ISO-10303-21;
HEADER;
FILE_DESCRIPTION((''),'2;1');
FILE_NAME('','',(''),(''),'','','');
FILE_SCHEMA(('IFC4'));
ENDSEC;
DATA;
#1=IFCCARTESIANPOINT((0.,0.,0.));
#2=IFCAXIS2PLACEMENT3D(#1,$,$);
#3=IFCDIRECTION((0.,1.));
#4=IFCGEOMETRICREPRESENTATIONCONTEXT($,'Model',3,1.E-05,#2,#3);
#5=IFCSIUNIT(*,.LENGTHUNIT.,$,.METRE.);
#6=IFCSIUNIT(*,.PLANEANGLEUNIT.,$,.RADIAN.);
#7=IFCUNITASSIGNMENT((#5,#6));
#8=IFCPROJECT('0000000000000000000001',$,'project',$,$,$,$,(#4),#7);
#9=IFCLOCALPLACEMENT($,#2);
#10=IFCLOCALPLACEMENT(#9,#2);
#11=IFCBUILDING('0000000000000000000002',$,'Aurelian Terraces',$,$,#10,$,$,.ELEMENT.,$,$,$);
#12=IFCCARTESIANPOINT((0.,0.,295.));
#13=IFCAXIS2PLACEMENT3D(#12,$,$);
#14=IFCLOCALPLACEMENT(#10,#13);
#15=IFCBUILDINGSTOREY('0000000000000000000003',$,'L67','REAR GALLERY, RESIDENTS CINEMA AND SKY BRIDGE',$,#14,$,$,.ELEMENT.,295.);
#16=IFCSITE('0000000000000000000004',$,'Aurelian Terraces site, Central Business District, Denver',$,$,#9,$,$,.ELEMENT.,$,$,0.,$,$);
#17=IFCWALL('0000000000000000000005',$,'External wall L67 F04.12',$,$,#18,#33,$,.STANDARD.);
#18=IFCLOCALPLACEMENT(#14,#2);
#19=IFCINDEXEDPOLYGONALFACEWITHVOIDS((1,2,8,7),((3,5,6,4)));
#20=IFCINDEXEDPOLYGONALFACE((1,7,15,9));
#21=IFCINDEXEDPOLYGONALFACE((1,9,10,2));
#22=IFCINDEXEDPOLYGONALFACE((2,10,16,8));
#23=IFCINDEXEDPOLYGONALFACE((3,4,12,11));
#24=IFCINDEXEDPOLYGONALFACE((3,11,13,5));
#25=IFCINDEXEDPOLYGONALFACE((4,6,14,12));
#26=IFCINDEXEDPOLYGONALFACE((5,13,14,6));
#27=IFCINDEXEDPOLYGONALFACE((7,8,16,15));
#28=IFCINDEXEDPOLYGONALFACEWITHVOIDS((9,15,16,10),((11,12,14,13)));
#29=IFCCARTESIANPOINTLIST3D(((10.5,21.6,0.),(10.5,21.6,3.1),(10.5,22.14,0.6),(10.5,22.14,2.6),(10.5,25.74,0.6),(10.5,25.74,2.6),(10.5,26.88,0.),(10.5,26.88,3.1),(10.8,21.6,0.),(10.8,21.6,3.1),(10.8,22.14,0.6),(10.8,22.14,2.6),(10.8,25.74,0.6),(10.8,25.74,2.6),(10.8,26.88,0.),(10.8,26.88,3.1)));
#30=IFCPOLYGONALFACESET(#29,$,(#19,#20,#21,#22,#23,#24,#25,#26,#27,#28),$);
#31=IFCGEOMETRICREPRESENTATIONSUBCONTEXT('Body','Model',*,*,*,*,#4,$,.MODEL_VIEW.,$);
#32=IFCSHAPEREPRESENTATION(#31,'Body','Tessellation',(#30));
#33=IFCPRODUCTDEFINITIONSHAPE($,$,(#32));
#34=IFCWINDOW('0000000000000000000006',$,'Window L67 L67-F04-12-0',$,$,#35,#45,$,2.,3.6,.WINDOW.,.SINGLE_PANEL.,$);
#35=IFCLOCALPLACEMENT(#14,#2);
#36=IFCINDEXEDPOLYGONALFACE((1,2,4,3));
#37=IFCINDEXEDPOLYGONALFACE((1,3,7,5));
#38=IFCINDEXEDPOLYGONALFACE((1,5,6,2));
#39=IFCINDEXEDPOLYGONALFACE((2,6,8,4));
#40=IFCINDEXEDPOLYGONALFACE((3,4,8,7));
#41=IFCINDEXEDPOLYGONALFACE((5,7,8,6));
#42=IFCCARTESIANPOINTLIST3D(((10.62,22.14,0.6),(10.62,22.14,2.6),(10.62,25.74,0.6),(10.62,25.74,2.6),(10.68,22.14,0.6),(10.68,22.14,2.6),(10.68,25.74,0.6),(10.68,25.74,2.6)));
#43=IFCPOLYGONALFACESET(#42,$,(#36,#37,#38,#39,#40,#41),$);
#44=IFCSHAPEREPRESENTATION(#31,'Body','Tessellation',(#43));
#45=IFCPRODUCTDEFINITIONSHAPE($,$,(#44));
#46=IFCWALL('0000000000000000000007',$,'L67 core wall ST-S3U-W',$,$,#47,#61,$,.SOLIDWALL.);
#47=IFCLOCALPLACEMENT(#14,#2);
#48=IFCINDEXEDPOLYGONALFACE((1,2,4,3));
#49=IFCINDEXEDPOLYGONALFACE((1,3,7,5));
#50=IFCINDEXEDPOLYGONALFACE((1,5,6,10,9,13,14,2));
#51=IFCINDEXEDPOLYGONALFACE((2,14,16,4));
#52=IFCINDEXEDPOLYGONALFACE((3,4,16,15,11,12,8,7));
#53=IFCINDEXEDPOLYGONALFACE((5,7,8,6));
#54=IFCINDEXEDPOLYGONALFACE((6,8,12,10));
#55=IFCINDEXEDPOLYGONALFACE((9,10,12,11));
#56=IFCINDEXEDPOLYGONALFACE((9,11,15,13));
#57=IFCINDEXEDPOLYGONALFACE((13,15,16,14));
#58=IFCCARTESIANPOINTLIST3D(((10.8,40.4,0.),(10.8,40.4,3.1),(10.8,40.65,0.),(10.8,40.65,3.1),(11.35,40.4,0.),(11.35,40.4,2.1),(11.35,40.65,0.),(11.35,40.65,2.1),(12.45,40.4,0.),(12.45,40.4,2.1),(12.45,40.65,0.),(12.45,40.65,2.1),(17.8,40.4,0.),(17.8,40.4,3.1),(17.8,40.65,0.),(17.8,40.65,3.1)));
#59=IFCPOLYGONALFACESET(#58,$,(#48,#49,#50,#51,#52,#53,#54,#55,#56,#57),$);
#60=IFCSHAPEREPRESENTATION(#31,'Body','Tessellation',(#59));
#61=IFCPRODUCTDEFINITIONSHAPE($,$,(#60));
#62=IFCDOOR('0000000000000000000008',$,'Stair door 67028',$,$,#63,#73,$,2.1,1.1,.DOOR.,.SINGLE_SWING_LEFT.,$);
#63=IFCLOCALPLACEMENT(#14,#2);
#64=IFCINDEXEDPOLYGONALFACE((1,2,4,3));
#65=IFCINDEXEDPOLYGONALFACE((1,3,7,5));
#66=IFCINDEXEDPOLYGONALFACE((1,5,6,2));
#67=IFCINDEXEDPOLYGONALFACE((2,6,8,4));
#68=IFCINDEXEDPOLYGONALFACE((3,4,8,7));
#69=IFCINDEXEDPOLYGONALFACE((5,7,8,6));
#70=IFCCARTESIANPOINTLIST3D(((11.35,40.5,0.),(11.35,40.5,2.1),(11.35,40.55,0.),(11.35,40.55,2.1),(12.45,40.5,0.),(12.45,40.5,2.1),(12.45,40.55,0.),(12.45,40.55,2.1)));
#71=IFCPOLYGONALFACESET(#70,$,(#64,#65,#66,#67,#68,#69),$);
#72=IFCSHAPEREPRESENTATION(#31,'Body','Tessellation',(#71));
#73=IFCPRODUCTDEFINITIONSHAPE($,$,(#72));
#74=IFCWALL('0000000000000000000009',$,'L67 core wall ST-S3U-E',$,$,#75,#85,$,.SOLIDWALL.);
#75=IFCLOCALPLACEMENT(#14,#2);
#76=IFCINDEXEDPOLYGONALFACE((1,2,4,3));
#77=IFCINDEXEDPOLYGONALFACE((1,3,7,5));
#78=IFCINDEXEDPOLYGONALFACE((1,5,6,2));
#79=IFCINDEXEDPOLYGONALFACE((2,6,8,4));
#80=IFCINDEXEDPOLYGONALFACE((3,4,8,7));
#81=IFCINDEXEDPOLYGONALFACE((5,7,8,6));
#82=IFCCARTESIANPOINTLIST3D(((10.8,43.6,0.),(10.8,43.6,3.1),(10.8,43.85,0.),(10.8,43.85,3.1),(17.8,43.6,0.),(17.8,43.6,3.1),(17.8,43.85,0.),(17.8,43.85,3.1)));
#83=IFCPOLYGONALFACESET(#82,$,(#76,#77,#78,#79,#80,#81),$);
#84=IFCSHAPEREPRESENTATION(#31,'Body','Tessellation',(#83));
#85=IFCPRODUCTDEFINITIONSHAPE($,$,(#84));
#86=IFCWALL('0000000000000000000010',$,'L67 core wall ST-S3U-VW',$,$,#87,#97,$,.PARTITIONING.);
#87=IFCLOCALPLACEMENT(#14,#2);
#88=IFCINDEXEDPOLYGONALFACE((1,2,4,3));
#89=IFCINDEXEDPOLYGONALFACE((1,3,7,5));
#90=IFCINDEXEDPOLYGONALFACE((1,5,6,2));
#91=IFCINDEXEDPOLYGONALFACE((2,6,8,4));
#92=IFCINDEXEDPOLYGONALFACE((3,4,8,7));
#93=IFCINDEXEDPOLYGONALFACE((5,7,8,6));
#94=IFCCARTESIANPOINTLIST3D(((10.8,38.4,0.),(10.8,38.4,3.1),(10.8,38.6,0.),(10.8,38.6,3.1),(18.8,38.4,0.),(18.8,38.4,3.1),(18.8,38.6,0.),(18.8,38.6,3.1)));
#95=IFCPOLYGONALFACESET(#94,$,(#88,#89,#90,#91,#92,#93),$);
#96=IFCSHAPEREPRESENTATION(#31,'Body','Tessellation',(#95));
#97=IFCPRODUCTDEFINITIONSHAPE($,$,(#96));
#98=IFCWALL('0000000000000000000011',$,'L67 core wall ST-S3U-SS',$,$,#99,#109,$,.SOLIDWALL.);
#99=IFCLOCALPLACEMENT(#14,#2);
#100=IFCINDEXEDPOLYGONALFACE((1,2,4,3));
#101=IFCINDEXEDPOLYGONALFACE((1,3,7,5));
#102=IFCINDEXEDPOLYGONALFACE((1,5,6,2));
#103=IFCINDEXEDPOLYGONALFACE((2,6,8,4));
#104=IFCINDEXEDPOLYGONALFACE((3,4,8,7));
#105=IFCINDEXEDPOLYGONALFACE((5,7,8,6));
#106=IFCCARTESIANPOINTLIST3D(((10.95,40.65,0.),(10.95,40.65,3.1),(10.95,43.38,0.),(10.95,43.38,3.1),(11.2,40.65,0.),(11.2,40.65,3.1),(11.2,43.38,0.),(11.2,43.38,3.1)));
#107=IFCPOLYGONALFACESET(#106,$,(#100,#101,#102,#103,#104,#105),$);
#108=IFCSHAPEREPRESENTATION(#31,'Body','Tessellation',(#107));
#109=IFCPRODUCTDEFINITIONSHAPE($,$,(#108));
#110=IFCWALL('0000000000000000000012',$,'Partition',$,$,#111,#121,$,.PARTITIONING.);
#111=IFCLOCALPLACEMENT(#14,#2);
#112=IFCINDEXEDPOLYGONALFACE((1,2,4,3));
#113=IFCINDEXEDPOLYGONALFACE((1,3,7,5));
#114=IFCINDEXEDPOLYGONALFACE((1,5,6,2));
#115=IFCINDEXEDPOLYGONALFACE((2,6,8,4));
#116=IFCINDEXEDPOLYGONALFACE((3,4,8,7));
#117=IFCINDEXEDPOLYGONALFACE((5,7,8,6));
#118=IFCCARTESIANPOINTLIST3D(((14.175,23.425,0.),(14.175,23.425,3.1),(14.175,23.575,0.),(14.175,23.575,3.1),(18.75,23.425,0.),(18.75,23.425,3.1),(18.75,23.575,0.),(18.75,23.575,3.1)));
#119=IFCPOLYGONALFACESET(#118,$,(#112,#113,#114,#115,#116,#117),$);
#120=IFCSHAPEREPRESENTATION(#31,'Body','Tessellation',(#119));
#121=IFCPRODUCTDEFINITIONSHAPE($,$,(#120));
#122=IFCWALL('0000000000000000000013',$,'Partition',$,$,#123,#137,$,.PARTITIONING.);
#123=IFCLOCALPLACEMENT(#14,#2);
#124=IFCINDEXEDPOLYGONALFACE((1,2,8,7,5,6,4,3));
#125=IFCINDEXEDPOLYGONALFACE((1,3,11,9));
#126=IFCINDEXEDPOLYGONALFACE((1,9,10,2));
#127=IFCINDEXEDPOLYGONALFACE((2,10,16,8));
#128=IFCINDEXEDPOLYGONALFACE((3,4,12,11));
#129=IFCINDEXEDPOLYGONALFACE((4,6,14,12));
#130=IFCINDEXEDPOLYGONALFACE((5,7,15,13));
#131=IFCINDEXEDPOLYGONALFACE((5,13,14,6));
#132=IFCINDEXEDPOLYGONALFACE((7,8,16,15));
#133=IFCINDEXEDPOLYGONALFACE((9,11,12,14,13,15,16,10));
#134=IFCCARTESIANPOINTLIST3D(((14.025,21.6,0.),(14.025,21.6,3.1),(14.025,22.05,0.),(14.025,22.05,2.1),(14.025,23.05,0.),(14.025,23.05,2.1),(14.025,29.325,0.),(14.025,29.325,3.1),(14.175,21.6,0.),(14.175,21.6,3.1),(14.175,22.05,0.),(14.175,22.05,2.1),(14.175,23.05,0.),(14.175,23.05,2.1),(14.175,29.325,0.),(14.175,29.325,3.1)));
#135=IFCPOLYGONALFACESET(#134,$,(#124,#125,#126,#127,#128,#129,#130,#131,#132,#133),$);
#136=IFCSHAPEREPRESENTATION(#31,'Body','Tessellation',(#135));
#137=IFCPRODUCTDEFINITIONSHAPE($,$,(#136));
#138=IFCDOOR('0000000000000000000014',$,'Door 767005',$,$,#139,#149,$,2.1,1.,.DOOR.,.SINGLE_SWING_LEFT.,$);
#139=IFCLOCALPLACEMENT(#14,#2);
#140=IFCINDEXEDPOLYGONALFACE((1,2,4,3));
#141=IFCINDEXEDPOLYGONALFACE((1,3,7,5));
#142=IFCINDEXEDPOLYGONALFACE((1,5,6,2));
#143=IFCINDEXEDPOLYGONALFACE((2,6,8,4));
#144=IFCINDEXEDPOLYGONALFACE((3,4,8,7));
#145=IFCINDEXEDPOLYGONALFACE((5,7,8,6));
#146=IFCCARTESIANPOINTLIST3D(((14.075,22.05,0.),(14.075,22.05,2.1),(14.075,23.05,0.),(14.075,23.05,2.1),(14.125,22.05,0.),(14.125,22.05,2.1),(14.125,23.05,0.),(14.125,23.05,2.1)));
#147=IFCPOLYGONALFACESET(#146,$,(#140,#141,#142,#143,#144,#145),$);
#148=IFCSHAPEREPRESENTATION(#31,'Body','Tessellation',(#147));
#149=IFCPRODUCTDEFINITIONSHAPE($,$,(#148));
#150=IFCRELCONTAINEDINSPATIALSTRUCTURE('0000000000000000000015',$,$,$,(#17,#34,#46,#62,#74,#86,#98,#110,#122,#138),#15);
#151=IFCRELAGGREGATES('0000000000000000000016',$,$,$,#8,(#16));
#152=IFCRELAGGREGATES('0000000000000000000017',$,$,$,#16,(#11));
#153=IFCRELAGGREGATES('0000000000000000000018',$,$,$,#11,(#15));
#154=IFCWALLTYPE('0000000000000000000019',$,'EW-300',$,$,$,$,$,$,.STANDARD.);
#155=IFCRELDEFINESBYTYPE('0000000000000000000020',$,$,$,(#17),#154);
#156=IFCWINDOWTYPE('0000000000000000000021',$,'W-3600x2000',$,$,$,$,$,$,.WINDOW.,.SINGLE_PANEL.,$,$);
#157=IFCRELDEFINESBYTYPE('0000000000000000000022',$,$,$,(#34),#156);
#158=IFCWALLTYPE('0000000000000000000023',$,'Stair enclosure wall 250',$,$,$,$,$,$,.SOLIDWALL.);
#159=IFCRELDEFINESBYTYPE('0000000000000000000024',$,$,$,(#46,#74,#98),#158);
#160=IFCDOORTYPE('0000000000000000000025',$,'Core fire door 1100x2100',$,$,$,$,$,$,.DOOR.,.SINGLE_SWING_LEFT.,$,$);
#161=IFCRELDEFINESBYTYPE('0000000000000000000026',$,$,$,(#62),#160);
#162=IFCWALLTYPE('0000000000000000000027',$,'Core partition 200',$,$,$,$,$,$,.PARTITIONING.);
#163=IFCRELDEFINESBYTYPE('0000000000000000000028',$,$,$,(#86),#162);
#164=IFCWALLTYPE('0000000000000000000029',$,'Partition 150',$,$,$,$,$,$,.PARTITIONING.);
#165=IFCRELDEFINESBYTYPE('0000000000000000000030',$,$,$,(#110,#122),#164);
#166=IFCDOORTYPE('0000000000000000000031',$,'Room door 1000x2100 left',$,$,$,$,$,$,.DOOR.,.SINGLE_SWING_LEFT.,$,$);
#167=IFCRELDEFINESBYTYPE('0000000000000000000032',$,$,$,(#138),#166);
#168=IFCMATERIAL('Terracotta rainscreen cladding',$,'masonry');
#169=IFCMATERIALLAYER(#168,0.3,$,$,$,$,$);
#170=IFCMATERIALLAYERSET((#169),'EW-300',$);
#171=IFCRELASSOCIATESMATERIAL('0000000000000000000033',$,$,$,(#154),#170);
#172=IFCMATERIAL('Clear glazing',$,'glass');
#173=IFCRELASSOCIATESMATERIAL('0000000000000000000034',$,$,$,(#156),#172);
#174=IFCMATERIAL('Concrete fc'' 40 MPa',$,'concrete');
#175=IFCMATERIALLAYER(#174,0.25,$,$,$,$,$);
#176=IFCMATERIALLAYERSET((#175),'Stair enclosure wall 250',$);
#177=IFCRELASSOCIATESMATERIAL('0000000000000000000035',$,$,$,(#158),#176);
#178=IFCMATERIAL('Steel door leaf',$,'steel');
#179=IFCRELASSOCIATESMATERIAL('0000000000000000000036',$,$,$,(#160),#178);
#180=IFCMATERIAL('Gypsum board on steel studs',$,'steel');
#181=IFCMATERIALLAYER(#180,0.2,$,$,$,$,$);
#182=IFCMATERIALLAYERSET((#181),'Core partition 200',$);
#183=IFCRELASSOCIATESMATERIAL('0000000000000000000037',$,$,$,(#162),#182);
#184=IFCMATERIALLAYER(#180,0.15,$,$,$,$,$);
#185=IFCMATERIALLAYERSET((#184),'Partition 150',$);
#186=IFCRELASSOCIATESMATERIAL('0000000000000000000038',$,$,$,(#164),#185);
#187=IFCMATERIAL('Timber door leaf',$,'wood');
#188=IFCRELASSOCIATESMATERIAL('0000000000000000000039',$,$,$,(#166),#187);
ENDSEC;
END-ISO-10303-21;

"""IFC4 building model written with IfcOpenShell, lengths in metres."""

from ifc_helpers import new_model, si_unit, direction, frame, frame_2d, origin, place, context, subcontext, project, spatial, rectangle, extrude, source, transform, mapped, material, layer, layer_set, type_object, element, fill, save


model = new_model("IFC4")

# Units and contexts
model_context = context("Model", 3, precision=1e-05, world=origin(), true_north=direction((0.0, 1.0)))
body_context = subcontext(model_context, "Body", "Model", "MODEL_VIEW")
ifc_project = project(units=[si_unit("LENGTHUNIT", "METRE"), si_unit("PLANEANGLEUNIT", "RADIAN")], contexts=[model_context])

# Site, building, storey
site_placement = place(None, origin())
site = spatial("IfcSite", under=ifc_project, at=site_placement, Name="Aurelian Terraces site, Central Business District, Denver", CompositionType="ELEMENT", RefElevation=0.0)
building_placement = place(site_placement, origin())
building = spatial("IfcBuilding", under=site, at=building_placement, Name="Aurelian Terraces", CompositionType="ELEMENT")
storey_placement = place(building_placement, frame((0.0, 0.0, 295.0)))
storey = spatial("IfcBuildingStorey", under=building, at=storey_placement, Name="L67", Description="REAR GALLERY, RESIDENTS CINEMA AND SKY BRIDGE", CompositionType="ELEMENT", Elevation=295.0)

# Shared definitions
ifc_material_1 = material(Name="Concrete fc' 40 MPa", Category="concrete")

# Shared definitions
ifc_material_2 = material(Name="Terracotta rainscreen cladding", Category="masonry")
ifc_layer_1 = layer(ifc_material_2, 0.3)
ifc_layer_set_1 = layer_set([ifc_layer_1], Name="EW-300")
wall_type_1 = type_object("IfcWallType", Name="EW-300", PredefinedType="STANDARD", material=ifc_layer_set_1)
ifc_material_3 = material(Name="Clear glazing", Category="glass")

# Wall, opening, window
shared_shape_1 = source(origin(), body_context, "Body", "SweptSolid", [
    extrude(rectangle(XDim=5.28, YDim=0.3, at=frame_2d((2.64, 0.0))), origin(), (0.0, 0.0, 1.0), 3.1),
])
wall_1_placement = place(storey_placement, frame((10.65, 26.88, 0.0), z_axis=(0.0, 0.0, 1.0), x_axis=(0.0, -1.0, 0.0)))
wall_1 = element("IfcWall", 1, at=wall_1_placement, inside=storey, type_object=wall_type_1, Name="External wall L67 F04.12", PredefinedType="STANDARD", context=body_context, shape_type="MappedRepresentation", body=[
    mapped(shared_shape_1, transform((0.0, 0.0, 0.0), scale=1.0)),
])
shared_shape_2 = source(origin(), body_context, "Body", "SweptSolid", [
    extrude(rectangle(XDim=3.6, YDim=2.0, at=frame_2d((1.8, 1.0))), frame((0.0, 0.16, 0.0), z_axis=(0.0, -1.0, 0.0), x_axis=(1.0, 0.0, 0.0)), (0.0, 0.0, 1.0), 0.32),
])
opening_1_placement = place(wall_1_placement, frame((1.14, 0.0, 0.6)))
opening_1 = element("IfcOpeningElement", 2, at=opening_1_placement, cuts=wall_1, PredefinedType="OPENING", context=body_context, shape_type="MappedRepresentation", body=[
    mapped(shared_shape_2, transform((0.0, 0.0, 0.0), scale=1.0)),
])
window_type_1 = type_object("IfcWindowType", Name="W-3600x2000", PartitioningType="SINGLE_PANEL", PredefinedType="WINDOW", material=ifc_material_3)
shared_shape_3 = source(origin(), body_context, "Body", "SweptSolid", [
    extrude(rectangle(XDim=3.6, YDim=2.0, at=frame_2d((1.8, 1.0))), frame((0.0, 0.03, 0.0), z_axis=(0.0, -1.0, 0.0), x_axis=(1.0, 0.0, 0.0)), (0.0, 0.0, 1.0), 0.06),
])
window_1_placement = place(opening_1_placement, origin())
window_1 = element("IfcWindow", 3, at=window_1_placement, inside=storey, type_object=window_type_1, Name="Window L67 L67-F04-12-0", OverallHeight=2.0, OverallWidth=3.6, PartitioningType="SINGLE_PANEL", PredefinedType="WINDOW", context=body_context, shape_type="MappedRepresentation", body=[
    mapped(shared_shape_3, transform((0.0, 0.0, 0.0), scale=1.0)),
])
fill(opening_1, window_1)

# Wall, opening, door
ifc_layer_2 = layer(ifc_material_1, 0.25)
ifc_layer_set_2 = layer_set([ifc_layer_2], Name="Stair enclosure wall 250")
wall_type_2 = type_object("IfcWallType", Name="Stair enclosure wall 250", PredefinedType="SOLIDWALL", material=ifc_layer_set_2)
shared_shape_4 = source(origin(), body_context, "Body", "SweptSolid", [
    extrude(rectangle(XDim=7.0, YDim=0.25, at=frame_2d((3.5, 0.0))), origin(), (0.0, 0.0, 1.0), 3.1),
])
wall_2_placement = place(storey_placement, frame((10.8, 40.525, 0.0), z_axis=(0.0, 0.0, 1.0), x_axis=(1.0, 0.0, 0.0)))
wall_2 = element("IfcWall", 4, at=wall_2_placement, inside=storey, type_object=wall_type_2, Name="L67 core wall ST-S3U-W", PredefinedType="SOLIDWALL", context=body_context, shape_type="MappedRepresentation", body=[
    mapped(shared_shape_4, transform((0.0, 0.0, 0.0), scale=1.0)),
])
shared_shape_5 = source(origin(), body_context, "Body", "SweptSolid", [
    extrude(rectangle(XDim=1.1, YDim=2.1, at=frame_2d((0.55, 1.05))), frame((0.0, 0.135, 0.0), z_axis=(0.0, -1.0, 0.0), x_axis=(1.0, 0.0, 0.0)), (0.0, 0.0, 1.0), 0.27),
])
opening_2_placement = place(wall_2_placement, frame((0.55, 0.0, 0.0)))
opening_2 = element("IfcOpeningElement", 5, at=opening_2_placement, cuts=wall_2, PredefinedType="OPENING", context=body_context, shape_type="MappedRepresentation", body=[
    mapped(shared_shape_5, transform((0.0, 0.0, 0.0), scale=1.0)),
])
ifc_material_4 = material(Name="Steel door leaf", Category="steel")
door_type_1 = type_object("IfcDoorType", Name="Core fire door 1100x2100", OperationType="SINGLE_SWING_LEFT", PredefinedType="DOOR", material=ifc_material_4)
shared_shape_6 = source(origin(), body_context, "Body", "SweptSolid", [
    extrude(rectangle(XDim=1.1, YDim=2.1, at=frame_2d((0.55, 1.05))), frame((0.0, 0.025, 0.0), z_axis=(0.0, -1.0, 0.0), x_axis=(1.0, 0.0, 0.0)), (0.0, 0.0, 1.0), 0.05),
])
door_1_placement = place(opening_2_placement, origin())
door_1 = element("IfcDoor", 6, at=door_1_placement, inside=storey, type_object=door_type_1, Name="Stair door 67028", OperationType="SINGLE_SWING_LEFT", OverallHeight=2.1, OverallWidth=1.1, PredefinedType="DOOR", context=body_context, shape_type="MappedRepresentation", body=[
    mapped(shared_shape_6, transform((0.0, 0.0, 0.0), scale=1.0)),
])
fill(opening_2, door_1)

# Walls
wall_3_placement = place(storey_placement, frame((10.8, 43.725, 0.0), z_axis=(0.0, 0.0, 1.0), x_axis=(1.0, 0.0, 0.0)))
element("IfcWall", 7, at=wall_3_placement, inside=storey, type_object=wall_type_2, Name="L67 core wall ST-S3U-E", PredefinedType="SOLIDWALL", context=body_context, shape_type="MappedRepresentation", body=[
    mapped(shared_shape_4, transform((0.0, 0.0, 0.0), scale=1.0)),
])
ifc_material_5 = material(Name="Gypsum board on steel studs", Category="steel")
ifc_layer_3 = layer(ifc_material_5, 0.2)
ifc_layer_set_3 = layer_set([ifc_layer_3], Name="Core partition 200")
wall_type_3 = type_object("IfcWallType", Name="Core partition 200", PredefinedType="PARTITIONING", material=ifc_layer_set_3)
shared_shape_7 = source(origin(), body_context, "Body", "SweptSolid", [
    extrude(rectangle(XDim=8.0, YDim=0.2, at=frame_2d((4.0, 0.0))), origin(), (0.0, 0.0, 1.0), 3.1),
])
wall_4_placement = place(storey_placement, frame((10.8, 38.5, 0.0), z_axis=(0.0, 0.0, 1.0), x_axis=(1.0, 0.0, 0.0)))
element("IfcWall", 8, at=wall_4_placement, inside=storey, type_object=wall_type_3, Name="L67 core wall ST-S3U-VW", PredefinedType="PARTITIONING", context=body_context, shape_type="MappedRepresentation", body=[
    mapped(shared_shape_7, transform((0.0, 0.0, 0.0), scale=1.0)),
])
shared_shape_8 = source(origin(), body_context, "Body", "SweptSolid", [
    extrude(rectangle(XDim=2.73, YDim=0.25, at=frame_2d((1.365, 0.0))), origin(), (0.0, 0.0, 1.0), 3.1),
])
wall_5_placement = place(storey_placement, frame((11.075, 40.65, 0.0), z_axis=(0.0, 0.0, 1.0), x_axis=(0.0, 1.0, 0.0)))
element("IfcWall", 9, at=wall_5_placement, inside=storey, type_object=wall_type_2, Name="L67 core wall ST-S3U-SS", PredefinedType="SOLIDWALL", context=body_context, shape_type="MappedRepresentation", body=[
    mapped(shared_shape_8, transform((0.0, 0.0, 0.0), scale=1.0)),
])
ifc_layer_4 = layer(ifc_material_5, 0.15)
ifc_layer_set_4 = layer_set([ifc_layer_4], Name="Partition 150")
wall_type_4 = type_object("IfcWallType", Name="Partition 150", PredefinedType="PARTITIONING", material=ifc_layer_set_4)
shared_shape_9 = source(origin(), body_context, "Body", "SweptSolid", [
    extrude(rectangle(XDim=4.575, YDim=0.15, at=frame_2d((2.2875, 0.0))), origin(), (0.0, 0.0, 1.0), 3.1),
])
wall_6_placement = place(storey_placement, frame((14.175, 23.5, 0.0), z_axis=(0.0, 0.0, 1.0), x_axis=(1.0, 0.0, 0.0)))
element("IfcWall", 10, at=wall_6_placement, inside=storey, type_object=wall_type_4, Name="Partition", PredefinedType="PARTITIONING", context=body_context, shape_type="MappedRepresentation", body=[
    mapped(shared_shape_9, transform((0.0, 0.0, 0.0), scale=1.0)),
])

# Wall, opening, door
shared_shape_10 = source(origin(), body_context, "Body", "SweptSolid", [
    extrude(rectangle(XDim=7.725, YDim=0.15, at=frame_2d((3.8625, 0.0))), origin(), (0.0, 0.0, 1.0), 3.1),
])
wall_7_placement = place(storey_placement, frame((14.1, 29.325, 0.0), z_axis=(0.0, 0.0, 1.0), x_axis=(0.0, -1.0, 0.0)))
wall_7 = element("IfcWall", 11, at=wall_7_placement, inside=storey, type_object=wall_type_4, Name="Partition", PredefinedType="PARTITIONING", context=body_context, shape_type="MappedRepresentation", body=[
    mapped(shared_shape_10, transform((0.0, 0.0, 0.0), scale=1.0)),
])
shared_shape_11 = source(origin(), body_context, "Body", "SweptSolid", [
    extrude(rectangle(XDim=1.0, YDim=2.1, at=frame_2d((0.5, 1.05))), frame((0.0, 0.085, 0.0), z_axis=(0.0, -1.0, 0.0), x_axis=(1.0, 0.0, 0.0)), (0.0, 0.0, 1.0), 0.17),
])
opening_3_placement = place(wall_7_placement, frame((6.275, 0.0, 0.0)))
opening_3 = element("IfcOpeningElement", 12, at=opening_3_placement, cuts=wall_7, PredefinedType="OPENING", context=body_context, shape_type="MappedRepresentation", body=[
    mapped(shared_shape_11, transform((0.0, 0.0, 0.0), scale=1.0)),
])
ifc_material_6 = material(Name="Timber door leaf", Category="wood")
door_type_2 = type_object("IfcDoorType", Name="Room door 1000x2100 left", OperationType="SINGLE_SWING_LEFT", PredefinedType="DOOR", material=ifc_material_6)
shared_shape_12 = source(origin(), body_context, "Body", "SweptSolid", [
    extrude(rectangle(XDim=1.0, YDim=2.1, at=frame_2d((0.5, 1.05))), frame((0.0, 0.025, 0.0), z_axis=(0.0, -1.0, 0.0), x_axis=(1.0, 0.0, 0.0)), (0.0, 0.0, 1.0), 0.05),
])
door_2_placement = place(opening_3_placement, origin())
door_2 = element("IfcDoor", 13, at=door_2_placement, inside=storey, type_object=door_type_2, Name="Door 767005", OperationType="SINGLE_SWING_LEFT", OverallHeight=2.1, OverallWidth=1.0, PredefinedType="DOOR", context=body_context, shape_type="MappedRepresentation", body=[
    mapped(shared_shape_12, transform((0.0, 0.0, 0.0), scale=1.0)),
])
fill(opening_3, door_2)

save(model, "model.ifc")
